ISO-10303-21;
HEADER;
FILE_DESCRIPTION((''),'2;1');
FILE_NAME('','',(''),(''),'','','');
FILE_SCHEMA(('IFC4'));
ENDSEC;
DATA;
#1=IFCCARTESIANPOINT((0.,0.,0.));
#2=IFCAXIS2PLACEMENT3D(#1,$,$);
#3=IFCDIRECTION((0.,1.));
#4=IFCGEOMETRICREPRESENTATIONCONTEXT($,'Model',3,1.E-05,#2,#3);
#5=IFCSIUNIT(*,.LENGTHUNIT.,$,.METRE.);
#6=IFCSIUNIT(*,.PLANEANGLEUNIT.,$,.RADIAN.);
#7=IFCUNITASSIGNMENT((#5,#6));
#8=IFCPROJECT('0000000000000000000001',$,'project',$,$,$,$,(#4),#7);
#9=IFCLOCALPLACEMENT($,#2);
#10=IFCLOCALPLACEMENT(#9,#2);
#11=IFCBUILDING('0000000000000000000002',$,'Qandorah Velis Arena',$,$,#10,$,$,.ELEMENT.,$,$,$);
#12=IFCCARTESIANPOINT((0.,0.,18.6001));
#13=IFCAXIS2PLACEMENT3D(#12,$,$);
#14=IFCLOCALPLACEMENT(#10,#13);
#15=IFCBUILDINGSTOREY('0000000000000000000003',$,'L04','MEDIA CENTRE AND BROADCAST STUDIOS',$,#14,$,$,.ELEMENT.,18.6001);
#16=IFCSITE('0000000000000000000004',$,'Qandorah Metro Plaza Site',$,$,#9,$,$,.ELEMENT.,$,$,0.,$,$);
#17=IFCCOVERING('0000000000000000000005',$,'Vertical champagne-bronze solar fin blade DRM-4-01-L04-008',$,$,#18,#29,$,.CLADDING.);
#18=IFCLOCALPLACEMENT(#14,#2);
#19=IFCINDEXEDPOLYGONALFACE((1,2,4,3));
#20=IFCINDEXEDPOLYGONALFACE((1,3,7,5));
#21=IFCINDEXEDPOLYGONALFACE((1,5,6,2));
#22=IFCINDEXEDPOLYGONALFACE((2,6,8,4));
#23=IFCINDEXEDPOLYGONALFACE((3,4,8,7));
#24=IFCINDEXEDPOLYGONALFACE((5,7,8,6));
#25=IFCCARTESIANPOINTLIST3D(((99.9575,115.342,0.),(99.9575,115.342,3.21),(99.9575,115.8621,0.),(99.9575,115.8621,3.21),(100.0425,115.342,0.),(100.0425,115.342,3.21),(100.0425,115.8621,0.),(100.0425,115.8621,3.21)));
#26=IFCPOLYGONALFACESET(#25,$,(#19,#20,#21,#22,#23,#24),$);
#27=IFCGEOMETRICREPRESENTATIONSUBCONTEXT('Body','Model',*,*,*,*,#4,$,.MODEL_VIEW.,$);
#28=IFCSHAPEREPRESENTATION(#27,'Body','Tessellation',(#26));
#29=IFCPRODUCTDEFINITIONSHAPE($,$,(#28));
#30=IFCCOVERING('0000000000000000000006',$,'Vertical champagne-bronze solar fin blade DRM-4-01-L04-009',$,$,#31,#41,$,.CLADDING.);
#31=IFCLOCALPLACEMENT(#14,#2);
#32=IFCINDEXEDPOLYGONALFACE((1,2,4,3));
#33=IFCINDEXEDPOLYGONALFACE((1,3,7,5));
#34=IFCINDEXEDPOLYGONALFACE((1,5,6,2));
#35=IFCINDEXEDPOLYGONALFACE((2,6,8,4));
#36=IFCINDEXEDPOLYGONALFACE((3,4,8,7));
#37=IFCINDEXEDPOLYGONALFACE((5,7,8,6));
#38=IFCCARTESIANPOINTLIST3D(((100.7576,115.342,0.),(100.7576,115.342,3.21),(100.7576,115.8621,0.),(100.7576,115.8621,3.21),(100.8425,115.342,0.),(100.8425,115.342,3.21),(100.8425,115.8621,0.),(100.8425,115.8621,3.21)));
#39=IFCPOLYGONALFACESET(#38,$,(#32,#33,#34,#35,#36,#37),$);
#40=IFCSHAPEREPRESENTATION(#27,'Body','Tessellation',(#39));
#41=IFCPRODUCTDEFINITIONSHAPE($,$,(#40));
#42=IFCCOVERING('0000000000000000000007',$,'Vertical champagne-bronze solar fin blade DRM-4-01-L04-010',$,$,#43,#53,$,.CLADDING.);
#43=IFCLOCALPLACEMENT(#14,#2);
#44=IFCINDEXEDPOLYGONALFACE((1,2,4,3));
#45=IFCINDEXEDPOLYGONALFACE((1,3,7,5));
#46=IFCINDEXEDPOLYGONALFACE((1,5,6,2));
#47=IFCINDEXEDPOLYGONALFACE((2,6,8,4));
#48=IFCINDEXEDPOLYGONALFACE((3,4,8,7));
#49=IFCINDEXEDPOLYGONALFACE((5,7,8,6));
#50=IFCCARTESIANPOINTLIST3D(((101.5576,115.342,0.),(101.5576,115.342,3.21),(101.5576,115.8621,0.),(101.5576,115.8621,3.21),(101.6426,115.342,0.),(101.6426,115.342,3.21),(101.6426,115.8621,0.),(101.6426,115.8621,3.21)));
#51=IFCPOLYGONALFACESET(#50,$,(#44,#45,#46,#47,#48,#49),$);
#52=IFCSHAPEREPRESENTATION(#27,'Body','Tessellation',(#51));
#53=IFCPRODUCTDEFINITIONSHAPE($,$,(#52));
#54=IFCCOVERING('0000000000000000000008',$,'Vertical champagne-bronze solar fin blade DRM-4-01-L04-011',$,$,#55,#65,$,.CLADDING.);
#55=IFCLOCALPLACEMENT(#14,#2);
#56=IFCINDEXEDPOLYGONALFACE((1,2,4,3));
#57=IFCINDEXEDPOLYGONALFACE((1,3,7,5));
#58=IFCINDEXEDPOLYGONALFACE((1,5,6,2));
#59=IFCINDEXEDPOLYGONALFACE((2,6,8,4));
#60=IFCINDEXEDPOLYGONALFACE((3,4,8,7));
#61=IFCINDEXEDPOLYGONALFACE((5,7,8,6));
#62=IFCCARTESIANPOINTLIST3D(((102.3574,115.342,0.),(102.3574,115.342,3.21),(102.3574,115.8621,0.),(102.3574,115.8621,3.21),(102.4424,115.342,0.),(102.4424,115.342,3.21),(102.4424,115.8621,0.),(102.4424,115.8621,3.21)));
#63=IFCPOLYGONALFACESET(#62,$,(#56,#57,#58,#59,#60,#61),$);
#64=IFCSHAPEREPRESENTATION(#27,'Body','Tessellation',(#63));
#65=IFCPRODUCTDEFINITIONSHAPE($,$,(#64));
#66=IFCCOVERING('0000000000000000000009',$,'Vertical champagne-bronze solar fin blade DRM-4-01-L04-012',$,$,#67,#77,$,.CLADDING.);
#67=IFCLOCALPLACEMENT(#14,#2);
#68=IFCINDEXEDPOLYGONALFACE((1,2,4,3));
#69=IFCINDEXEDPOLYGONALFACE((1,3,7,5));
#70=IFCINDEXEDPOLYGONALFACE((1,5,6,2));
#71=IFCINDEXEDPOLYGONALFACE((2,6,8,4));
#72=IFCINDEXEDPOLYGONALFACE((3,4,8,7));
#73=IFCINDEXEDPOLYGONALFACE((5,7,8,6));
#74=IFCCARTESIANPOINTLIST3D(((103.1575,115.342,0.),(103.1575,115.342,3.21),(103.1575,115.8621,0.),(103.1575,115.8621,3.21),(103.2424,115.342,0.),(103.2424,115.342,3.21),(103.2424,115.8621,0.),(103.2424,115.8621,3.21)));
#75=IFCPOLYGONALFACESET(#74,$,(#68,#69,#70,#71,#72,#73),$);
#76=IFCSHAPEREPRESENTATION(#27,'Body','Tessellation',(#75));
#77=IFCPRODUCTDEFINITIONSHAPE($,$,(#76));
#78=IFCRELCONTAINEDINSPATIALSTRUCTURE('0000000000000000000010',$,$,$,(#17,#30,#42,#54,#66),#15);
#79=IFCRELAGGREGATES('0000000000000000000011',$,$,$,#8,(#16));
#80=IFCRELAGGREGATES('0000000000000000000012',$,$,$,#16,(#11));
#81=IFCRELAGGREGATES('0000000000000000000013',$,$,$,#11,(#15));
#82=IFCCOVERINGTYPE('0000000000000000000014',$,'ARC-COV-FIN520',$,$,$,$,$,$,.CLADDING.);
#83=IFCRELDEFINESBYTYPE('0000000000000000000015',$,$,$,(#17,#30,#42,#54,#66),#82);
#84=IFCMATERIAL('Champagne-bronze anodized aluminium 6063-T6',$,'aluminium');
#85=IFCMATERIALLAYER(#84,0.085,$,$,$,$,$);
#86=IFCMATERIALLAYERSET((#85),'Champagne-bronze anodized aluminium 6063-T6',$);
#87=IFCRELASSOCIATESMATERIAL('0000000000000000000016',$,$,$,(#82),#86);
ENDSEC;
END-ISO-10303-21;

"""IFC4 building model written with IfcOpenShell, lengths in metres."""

from ifc_helpers import new_model, si_unit, direction, frame, origin, origin_2d, place, context, subcontext, project, spatial, rectangle, extrude, material, layer, layer_set, type_object, element, save


model = new_model("IFC4")

# Units and contexts
model_context = context("Model", 3, precision=1e-05, world=origin(), true_north=direction((0.0, 1.0)))
body_context = subcontext(model_context, "Body", "Model", "MODEL_VIEW")
ifc_project = project(units=[si_unit("LENGTHUNIT", "METRE"), si_unit("PLANEANGLEUNIT", "RADIAN")], contexts=[model_context])

# Site, building, storey
site_placement = place(None, origin())
site = spatial("IfcSite", under=ifc_project, at=site_placement, Name="Qandorah Metro Plaza Site", CompositionType="ELEMENT", RefElevation=0.0)
building_placement = place(site_placement, origin())
building = spatial("IfcBuilding", under=site, at=building_placement, Name="Qandorah Velis Arena", CompositionType="ELEMENT")
storey_placement = place(building_placement, frame((0.0, 0.0, 18.6001)))
storey = spatial("IfcBuildingStorey", under=building, at=storey_placement, Name="L04", Description="MEDIA CENTRE AND BROADCAST STUDIOS", CompositionType="ELEMENT", Elevation=18.6001)

# Shared definitions
ifc_material_1 = material(Name="Champagne-bronze anodized aluminium 6063-T6", Category="aluminium")

# Coverings
ifc_layer_1 = layer(ifc_material_1, 0.085)
ifc_layer_set_1 = layer_set([ifc_layer_1], Name="Champagne-bronze anodized aluminium 6063-T6")
covering_type = type_object("IfcCoveringType", Name="ARC-COV-FIN520", PredefinedType="CLADDING", material=ifc_layer_set_1)
for number, where, z_axis, x_axis, name in (
    (1, (100.0, 115.6021, 0.0), (0.0, 0.0, 1.0), (1.0, 0.0, 0.0), "Vertical champagne-bronze solar fin blade DRM-4-01-L04-008"),
    (2, (100.8, 115.6021, 0.0), (0.0, 0.0, 1.0), (1.0, 0.0, 0.0), "Vertical champagne-bronze solar fin blade DRM-4-01-L04-009"),
    (3, (101.6001, 115.6021, 0.0), (0.0, 0.0, 1.0), (1.0, 0.0, 0.0), "Vertical champagne-bronze solar fin blade DRM-4-01-L04-010"),
    (4, (102.3999, 115.6021, 0.0), (0.0, 0.0, 1.0), (1.0, 0.0, 0.0), "Vertical champagne-bronze solar fin blade DRM-4-01-L04-011"),
    (5, (103.2, 115.6021, 0.0), (0.0, 0.0, 1.0), (1.0, 0.0, 0.0), "Vertical champagne-bronze solar fin blade DRM-4-01-L04-012"),
):
    element("IfcCovering", number, at=place(storey_placement, frame(where, z_axis=z_axis, x_axis=x_axis)), inside=storey, type_object=covering_type, Name=name, PredefinedType="CLADDING", context=body_context, shape_type="SweptSolid", body=[
        extrude(rectangle(XDim=0.085, YDim=0.52, at=origin_2d()), origin(), (0.0, 0.0, 1.0), 3.21),
    ])

save(model, "model.ifc")
